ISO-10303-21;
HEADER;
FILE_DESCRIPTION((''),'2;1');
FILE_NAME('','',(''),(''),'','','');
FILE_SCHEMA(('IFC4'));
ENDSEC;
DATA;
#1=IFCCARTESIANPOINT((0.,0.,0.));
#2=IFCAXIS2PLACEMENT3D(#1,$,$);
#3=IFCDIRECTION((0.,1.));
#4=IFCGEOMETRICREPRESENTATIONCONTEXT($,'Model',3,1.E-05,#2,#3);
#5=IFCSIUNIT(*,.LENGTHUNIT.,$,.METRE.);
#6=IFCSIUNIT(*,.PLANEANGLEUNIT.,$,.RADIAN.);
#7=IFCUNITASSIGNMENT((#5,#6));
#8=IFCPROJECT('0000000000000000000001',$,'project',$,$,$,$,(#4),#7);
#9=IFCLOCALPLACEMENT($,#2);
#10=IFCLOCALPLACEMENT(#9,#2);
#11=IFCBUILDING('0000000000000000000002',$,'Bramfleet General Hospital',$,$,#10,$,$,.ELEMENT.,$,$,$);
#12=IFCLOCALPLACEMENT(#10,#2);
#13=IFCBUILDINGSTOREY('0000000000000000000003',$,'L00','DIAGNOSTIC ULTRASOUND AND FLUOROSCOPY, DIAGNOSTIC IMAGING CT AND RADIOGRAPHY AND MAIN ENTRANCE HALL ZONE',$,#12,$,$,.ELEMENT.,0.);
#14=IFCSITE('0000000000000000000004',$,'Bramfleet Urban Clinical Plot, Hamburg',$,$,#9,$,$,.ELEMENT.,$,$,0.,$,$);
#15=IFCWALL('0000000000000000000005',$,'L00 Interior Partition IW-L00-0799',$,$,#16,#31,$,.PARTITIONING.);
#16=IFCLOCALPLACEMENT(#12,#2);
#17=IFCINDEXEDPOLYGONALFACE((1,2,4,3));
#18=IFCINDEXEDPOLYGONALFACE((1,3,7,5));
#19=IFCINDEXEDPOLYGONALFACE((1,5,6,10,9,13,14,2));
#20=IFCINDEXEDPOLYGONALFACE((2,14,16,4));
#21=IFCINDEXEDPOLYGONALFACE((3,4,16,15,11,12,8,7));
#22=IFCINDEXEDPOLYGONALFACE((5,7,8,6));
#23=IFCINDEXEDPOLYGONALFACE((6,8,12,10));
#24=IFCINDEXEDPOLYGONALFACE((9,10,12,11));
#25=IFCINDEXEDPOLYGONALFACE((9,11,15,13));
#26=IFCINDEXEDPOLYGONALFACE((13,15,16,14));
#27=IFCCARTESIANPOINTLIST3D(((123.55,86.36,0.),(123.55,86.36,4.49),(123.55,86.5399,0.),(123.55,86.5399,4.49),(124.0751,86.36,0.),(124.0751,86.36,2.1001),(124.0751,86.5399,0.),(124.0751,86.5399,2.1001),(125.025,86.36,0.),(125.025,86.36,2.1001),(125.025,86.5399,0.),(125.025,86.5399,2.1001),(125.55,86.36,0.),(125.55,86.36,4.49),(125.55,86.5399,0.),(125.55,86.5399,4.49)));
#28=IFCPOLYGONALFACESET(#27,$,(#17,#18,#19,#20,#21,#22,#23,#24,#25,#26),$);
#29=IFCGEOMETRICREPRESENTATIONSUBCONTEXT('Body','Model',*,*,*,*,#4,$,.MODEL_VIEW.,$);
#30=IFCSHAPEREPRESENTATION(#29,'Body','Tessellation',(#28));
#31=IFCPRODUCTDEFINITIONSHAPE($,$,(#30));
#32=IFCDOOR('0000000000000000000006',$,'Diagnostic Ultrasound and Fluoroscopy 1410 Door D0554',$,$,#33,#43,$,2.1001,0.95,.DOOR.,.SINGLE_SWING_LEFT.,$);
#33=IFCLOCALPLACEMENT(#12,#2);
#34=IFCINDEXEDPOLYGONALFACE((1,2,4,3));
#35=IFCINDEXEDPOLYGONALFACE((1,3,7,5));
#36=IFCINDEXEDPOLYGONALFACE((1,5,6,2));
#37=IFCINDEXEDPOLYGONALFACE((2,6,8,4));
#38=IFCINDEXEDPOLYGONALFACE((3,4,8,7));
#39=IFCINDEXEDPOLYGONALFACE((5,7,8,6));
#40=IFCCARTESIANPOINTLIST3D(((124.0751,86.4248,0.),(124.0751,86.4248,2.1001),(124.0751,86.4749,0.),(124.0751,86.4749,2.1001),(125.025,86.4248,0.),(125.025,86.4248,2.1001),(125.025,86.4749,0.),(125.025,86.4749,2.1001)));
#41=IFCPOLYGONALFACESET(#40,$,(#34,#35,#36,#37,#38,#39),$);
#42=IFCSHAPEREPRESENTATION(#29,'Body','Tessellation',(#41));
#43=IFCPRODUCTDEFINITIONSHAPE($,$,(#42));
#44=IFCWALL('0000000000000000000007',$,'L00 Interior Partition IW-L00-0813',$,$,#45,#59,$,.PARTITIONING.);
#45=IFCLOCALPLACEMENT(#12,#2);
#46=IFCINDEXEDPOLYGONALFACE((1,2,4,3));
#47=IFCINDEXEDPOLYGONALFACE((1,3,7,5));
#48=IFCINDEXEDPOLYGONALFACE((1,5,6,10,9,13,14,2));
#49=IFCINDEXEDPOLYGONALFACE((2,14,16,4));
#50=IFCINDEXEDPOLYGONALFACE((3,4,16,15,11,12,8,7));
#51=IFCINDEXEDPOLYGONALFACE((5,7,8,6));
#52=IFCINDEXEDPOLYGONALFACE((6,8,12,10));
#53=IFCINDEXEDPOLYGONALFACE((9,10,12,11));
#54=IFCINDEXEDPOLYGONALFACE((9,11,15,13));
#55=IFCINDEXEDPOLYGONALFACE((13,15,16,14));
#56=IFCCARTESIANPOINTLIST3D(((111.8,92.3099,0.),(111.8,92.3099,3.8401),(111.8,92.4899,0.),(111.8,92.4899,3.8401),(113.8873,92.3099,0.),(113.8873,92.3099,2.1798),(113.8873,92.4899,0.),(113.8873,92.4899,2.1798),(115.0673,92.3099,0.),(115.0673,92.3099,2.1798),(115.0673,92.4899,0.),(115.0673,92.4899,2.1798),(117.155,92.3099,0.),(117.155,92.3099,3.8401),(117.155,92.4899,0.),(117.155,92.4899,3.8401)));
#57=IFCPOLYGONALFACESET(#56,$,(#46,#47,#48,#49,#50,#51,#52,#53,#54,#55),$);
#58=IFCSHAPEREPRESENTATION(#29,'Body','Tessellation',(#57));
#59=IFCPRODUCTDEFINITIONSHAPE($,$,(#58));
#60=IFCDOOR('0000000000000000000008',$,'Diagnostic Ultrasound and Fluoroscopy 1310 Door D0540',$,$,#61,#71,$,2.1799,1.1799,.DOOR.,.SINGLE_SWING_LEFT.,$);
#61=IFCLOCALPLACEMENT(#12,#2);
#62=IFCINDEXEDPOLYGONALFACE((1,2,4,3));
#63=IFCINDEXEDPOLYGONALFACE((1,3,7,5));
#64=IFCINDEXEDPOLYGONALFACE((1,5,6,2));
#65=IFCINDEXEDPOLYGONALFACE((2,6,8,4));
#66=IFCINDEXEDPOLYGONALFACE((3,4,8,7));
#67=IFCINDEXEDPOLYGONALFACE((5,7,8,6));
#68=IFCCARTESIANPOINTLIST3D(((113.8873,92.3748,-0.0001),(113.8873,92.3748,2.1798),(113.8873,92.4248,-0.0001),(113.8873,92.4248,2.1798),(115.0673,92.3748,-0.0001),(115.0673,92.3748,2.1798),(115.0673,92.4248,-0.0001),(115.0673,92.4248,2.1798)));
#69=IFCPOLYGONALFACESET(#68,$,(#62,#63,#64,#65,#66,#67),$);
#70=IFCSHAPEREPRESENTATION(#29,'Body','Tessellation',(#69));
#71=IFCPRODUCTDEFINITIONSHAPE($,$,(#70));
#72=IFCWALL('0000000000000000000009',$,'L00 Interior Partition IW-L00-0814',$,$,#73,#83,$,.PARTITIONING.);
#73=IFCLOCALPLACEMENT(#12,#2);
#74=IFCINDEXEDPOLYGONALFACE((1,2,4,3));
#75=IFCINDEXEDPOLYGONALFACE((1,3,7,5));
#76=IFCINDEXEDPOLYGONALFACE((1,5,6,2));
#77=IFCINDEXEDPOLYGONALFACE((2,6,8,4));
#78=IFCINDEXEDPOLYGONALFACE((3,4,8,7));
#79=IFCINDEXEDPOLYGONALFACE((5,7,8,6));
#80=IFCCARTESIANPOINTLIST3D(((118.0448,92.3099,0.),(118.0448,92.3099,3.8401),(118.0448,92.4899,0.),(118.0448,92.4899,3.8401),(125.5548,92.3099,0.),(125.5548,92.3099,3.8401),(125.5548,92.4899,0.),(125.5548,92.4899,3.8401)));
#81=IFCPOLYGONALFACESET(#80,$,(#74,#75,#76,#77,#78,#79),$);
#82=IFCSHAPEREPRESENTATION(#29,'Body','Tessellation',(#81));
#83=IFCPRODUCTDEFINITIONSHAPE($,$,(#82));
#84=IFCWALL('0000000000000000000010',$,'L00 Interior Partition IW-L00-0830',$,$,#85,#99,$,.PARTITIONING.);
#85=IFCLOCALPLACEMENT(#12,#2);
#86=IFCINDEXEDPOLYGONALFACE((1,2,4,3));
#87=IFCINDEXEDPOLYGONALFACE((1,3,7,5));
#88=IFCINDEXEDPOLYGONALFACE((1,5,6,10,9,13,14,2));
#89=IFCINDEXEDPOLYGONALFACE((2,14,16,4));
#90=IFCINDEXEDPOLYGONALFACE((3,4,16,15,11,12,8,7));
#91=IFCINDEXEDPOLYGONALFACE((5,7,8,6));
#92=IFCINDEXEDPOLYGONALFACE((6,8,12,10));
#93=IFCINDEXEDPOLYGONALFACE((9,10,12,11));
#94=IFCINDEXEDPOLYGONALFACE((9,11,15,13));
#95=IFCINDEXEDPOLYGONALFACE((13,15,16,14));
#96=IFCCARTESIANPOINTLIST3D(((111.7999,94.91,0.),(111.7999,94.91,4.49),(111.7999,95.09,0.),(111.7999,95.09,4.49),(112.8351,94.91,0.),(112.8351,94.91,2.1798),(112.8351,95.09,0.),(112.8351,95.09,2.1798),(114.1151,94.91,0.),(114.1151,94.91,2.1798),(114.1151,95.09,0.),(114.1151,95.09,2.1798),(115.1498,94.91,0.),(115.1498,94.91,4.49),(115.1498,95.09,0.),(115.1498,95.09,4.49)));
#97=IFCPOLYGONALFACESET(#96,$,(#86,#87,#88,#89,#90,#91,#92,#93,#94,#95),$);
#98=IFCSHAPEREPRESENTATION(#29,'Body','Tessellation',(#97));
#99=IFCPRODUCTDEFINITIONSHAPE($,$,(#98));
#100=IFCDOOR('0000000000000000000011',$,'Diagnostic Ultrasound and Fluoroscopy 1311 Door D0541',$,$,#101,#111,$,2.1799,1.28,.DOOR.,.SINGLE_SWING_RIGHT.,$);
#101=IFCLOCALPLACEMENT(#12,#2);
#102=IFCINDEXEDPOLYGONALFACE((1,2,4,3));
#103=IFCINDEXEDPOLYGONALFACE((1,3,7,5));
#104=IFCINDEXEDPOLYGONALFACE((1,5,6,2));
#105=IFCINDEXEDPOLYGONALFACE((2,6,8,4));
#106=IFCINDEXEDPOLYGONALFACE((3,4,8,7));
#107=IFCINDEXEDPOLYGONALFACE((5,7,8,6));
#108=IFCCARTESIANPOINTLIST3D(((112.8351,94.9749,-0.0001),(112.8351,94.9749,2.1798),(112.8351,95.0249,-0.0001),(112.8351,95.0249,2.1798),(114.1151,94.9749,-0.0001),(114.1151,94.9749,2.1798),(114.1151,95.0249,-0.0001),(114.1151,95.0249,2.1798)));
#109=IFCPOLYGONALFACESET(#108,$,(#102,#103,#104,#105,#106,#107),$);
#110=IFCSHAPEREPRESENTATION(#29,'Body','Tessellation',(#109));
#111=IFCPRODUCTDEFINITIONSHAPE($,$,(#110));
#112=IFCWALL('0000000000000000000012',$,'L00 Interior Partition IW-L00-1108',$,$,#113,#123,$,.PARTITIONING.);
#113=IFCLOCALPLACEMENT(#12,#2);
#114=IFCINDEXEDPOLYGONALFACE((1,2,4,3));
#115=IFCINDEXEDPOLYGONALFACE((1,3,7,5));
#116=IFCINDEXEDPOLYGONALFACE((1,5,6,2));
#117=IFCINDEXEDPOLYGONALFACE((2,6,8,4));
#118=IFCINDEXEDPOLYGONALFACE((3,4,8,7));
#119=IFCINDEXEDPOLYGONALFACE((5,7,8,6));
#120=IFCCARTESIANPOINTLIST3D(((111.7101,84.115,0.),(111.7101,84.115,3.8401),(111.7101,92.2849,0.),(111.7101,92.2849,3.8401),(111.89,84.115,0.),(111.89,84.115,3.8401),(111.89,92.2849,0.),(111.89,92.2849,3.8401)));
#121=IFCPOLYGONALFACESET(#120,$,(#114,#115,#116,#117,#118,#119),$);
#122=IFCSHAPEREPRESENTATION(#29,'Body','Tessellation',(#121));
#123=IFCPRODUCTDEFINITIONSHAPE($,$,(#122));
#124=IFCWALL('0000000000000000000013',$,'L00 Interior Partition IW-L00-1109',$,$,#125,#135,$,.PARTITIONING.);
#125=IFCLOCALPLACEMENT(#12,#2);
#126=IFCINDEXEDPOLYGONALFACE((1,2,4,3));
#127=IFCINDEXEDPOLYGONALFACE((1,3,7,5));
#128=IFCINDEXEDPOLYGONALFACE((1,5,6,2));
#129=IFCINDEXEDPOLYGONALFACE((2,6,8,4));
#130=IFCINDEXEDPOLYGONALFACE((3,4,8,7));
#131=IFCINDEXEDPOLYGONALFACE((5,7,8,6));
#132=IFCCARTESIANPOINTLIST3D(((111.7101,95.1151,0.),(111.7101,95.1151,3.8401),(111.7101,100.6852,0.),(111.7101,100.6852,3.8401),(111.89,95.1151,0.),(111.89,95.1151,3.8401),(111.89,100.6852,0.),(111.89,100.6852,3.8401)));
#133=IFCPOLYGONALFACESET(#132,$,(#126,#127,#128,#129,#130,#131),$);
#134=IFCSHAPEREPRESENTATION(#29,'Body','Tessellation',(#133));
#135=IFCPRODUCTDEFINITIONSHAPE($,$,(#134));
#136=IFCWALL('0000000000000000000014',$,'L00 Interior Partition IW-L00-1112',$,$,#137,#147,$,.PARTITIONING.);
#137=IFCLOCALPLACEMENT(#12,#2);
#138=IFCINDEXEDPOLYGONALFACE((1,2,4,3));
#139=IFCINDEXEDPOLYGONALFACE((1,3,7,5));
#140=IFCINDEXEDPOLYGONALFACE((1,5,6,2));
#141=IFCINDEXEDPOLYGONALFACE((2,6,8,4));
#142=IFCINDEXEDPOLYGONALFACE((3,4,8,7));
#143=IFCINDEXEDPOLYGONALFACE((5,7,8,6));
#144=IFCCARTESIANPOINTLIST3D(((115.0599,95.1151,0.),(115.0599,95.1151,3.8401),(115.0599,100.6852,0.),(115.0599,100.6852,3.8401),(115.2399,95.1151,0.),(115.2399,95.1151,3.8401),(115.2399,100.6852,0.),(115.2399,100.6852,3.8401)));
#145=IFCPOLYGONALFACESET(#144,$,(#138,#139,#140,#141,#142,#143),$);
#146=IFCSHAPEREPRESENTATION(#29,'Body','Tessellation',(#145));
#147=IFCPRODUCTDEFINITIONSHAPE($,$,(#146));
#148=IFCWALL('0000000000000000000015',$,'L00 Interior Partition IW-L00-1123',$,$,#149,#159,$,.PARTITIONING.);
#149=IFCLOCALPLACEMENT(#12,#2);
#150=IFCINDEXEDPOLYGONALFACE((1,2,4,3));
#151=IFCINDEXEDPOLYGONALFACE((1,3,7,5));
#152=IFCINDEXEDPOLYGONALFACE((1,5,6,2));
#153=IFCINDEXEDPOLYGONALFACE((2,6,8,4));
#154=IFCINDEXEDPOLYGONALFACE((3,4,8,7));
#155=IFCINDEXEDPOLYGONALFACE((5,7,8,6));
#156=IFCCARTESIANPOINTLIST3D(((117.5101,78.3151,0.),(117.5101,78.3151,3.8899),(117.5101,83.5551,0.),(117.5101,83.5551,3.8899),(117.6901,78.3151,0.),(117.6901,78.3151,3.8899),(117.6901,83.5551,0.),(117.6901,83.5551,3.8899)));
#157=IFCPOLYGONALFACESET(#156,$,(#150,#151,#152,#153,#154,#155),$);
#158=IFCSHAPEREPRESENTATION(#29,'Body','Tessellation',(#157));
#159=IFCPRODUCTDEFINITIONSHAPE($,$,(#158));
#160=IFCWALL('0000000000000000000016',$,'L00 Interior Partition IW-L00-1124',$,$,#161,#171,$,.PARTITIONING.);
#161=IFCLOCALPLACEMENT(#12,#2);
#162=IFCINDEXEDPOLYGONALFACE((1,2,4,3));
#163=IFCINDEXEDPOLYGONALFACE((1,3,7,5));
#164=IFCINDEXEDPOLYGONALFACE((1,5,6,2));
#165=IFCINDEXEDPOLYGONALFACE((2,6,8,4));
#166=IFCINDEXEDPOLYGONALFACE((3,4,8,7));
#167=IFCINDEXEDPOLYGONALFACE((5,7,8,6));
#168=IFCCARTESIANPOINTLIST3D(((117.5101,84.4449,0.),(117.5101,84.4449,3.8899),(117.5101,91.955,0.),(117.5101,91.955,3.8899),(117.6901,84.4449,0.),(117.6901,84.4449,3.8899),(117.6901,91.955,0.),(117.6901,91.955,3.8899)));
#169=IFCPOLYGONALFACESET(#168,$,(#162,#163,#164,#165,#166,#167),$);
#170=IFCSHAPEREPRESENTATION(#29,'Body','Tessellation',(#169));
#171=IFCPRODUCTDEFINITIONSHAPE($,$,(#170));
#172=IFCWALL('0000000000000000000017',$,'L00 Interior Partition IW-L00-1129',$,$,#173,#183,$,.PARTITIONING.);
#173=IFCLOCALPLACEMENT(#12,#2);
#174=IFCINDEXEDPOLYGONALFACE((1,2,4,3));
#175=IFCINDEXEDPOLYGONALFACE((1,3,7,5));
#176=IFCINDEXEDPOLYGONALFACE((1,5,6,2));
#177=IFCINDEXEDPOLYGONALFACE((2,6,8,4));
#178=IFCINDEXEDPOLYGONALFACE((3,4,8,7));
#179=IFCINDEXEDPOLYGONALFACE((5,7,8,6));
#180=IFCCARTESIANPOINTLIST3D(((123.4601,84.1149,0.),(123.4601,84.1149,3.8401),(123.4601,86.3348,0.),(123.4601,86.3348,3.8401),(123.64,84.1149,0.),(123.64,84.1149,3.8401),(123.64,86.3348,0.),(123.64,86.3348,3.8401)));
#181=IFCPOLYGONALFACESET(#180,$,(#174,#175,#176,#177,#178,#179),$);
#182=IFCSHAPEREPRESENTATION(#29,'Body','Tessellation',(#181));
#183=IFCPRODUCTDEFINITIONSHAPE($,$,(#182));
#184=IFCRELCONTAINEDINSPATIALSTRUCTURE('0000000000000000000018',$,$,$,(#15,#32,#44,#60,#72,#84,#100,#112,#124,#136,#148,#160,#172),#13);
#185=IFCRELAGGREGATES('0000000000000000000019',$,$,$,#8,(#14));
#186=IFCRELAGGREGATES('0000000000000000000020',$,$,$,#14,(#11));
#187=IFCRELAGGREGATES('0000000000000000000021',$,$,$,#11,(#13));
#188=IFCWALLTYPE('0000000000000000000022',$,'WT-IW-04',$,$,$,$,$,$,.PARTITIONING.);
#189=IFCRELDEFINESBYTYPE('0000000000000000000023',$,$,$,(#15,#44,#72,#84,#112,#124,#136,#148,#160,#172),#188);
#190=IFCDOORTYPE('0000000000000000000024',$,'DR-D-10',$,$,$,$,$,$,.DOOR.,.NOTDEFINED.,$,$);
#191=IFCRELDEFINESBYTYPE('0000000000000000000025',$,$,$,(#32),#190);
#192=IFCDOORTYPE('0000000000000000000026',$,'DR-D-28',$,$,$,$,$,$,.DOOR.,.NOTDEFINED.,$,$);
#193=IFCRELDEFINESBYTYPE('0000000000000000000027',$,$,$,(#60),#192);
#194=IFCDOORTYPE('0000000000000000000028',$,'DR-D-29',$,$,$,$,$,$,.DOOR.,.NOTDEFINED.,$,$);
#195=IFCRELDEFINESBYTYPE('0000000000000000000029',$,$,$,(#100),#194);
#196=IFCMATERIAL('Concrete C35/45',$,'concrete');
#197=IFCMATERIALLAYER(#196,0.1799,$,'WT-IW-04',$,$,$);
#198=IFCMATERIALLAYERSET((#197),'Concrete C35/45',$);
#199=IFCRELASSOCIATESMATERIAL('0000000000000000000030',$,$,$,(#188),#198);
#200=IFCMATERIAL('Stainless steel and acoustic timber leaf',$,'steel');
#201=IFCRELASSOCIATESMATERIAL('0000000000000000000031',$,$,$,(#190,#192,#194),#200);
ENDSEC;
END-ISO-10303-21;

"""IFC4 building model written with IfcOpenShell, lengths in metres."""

from ifc_helpers import new_model, si_unit, direction, frame, frame_2d, origin, place, context, subcontext, project, spatial, rectangle, extrude, material, layer, layer_set, type_object, element, fill, save


model = new_model("IFC4")

# Units and contexts
model_context = context("Model", 3, precision=1e-05, world=origin(), true_north=direction((0.0, 1.0)))
body_context = subcontext(model_context, "Body", "Model", "MODEL_VIEW")
ifc_project = project(units=[si_unit("LENGTHUNIT", "METRE"), si_unit("PLANEANGLEUNIT", "RADIAN")], contexts=[model_context])

# Site, building, storey
site_placement = place(None, origin())
site = spatial("IfcSite", under=ifc_project, at=site_placement, Name="Bramfleet Urban Clinical Plot, Hamburg", CompositionType="ELEMENT", RefElevation=0.0)
building_placement = place(site_placement, origin())
building = spatial("IfcBuilding", under=site, at=building_placement, Name="Bramfleet General Hospital", CompositionType="ELEMENT")
storey_placement = place(building_placement, origin())
storey = spatial("IfcBuildingStorey", under=building, at=storey_placement, Name="L00", Description="DIAGNOSTIC ULTRASOUND AND FLUOROSCOPY, DIAGNOSTIC IMAGING CT AND RADIOGRAPHY AND MAIN ENTRANCE HALL ZONE", CompositionType="ELEMENT", Elevation=0.0)

# Shared definitions
ifc_material_1 = material(Name="Concrete C35/45", Category="concrete")

# Shared definitions
ifc_layer_1 = layer(ifc_material_1, 0.1799, Name="WT-IW-04")
ifc_layer_set_1 = layer_set([ifc_layer_1], Name="Concrete C35/45")
wall_type_1 = type_object("IfcWallType", Name="WT-IW-04", PredefinedType="PARTITIONING", material=ifc_layer_set_1)

# Walls, openings, doors
wall_1_placement = place(storey_placement, frame((123.55, 86.45, 0.0), z_axis=(0.0, 0.0, 1.0), x_axis=(1.0, 0.0, 0.0)))
wall_1 = element("IfcWall", 1, at=wall_1_placement, inside=storey, type_object=wall_type_1, Name="L00 Interior Partition IW-L00-0799", PredefinedType="PARTITIONING", context=body_context, shape_type="SweptSolid", body=[
    extrude(rectangle(XDim=2.0, YDim=0.1799, at=frame_2d((1.0, 0.0))), origin(), (0.0, 0.0, 1.0), 4.49),
])
opening_1_placement = place(wall_1_placement, frame((0.5249, 0.0, 0.0)))
opening_1 = element("IfcOpeningElement", 2, at=opening_1_placement, cuts=wall_1, PredefinedType="OPENING", context=body_context, shape_type="SweptSolid", body=[
    extrude(rectangle(XDim=0.95, YDim=2.1001, at=frame_2d((0.4751, 1.05))), frame((0.0, 0.0999, 0.0), z_axis=(0.0, -1.0, 0.0), x_axis=(1.0, 0.0, 0.0)), (0.0, 0.0, 1.0), 0.2),
])
ifc_material_2 = material(Name="Stainless steel and acoustic timber leaf", Category="steel")
door_type_1 = type_object("IfcDoorType", Name="DR-D-10", OperationType="NOTDEFINED", PredefinedType="DOOR", material=ifc_material_2)
door_1_placement = place(opening_1_placement, origin())
door_1 = element("IfcDoor", 3, at=door_1_placement, inside=storey, type_object=door_type_1, Name="Diagnostic Ultrasound and Fluoroscopy 1410 Door D0554", OperationType="SINGLE_SWING_LEFT", OverallHeight=2.1001, OverallWidth=0.95, PredefinedType="DOOR", context=body_context, shape_type="SweptSolid", body=[
    extrude(rectangle(XDim=0.95, YDim=2.1001, at=frame_2d((0.4751, 1.05))), frame((0.0, 0.0249, 0.0), z_axis=(0.0, -1.0, 0.0), x_axis=(1.0, 0.0, 0.0)), (0.0, 0.0, 1.0), 0.05),
])
fill(opening_1, door_1)
wall_2_placement = place(storey_placement, frame((111.8, 92.3999, 0.0), z_axis=(0.0, 0.0, 1.0), x_axis=(1.0, 0.0, 0.0)))
wall_2 = element("IfcWall", 4, at=wall_2_placement, inside=storey, type_object=wall_type_1, Name="L00 Interior Partition IW-L00-0813", PredefinedType="PARTITIONING", context=body_context, shape_type="SweptSolid", body=[
    extrude(rectangle(XDim=5.355, YDim=0.1799, at=frame_2d((2.6775, 0.0))), origin(), (0.0, 0.0, 1.0), 3.8401),
])
opening_2_placement = place(wall_2_placement, frame((2.0874, 0.0, 0.0)))
opening_2 = element("IfcOpeningElement", 5, at=opening_2_placement, cuts=wall_2, PredefinedType="OPENING", context=body_context, shape_type="SweptSolid", body=[
    extrude(rectangle(XDim=1.1799, YDim=2.1799, at=frame_2d((0.5898, 1.0898))), frame((0.0, 0.0999, 0.0), z_axis=(0.0, -1.0, 0.0), x_axis=(1.0, 0.0, 0.0)), (0.0, 0.0, 1.0), 0.2),
])
door_type_2 = type_object("IfcDoorType", Name="DR-D-28", OperationType="NOTDEFINED", PredefinedType="DOOR", material=ifc_material_2)
door_2_placement = place(opening_2_placement, origin())
door_2 = element("IfcDoor", 6, at=door_2_placement, inside=storey, type_object=door_type_2, Name="Diagnostic Ultrasound and Fluoroscopy 1310 Door D0540", OperationType="SINGLE_SWING_LEFT", OverallHeight=2.1799, OverallWidth=1.1799, PredefinedType="DOOR", context=body_context, shape_type="SweptSolid", body=[
    extrude(rectangle(XDim=1.1799, YDim=2.1799, at=frame_2d((0.5898, 1.0898))), frame((0.0, 0.0249, 0.0), z_axis=(0.0, -1.0, 0.0), x_axis=(1.0, 0.0, 0.0)), (0.0, 0.0, 1.0), 0.05),
])
fill(opening_2, door_2)

# Wall
wall_3_placement = place(storey_placement, frame((118.0449, 92.3999, 0.0), z_axis=(0.0, 0.0, 1.0), x_axis=(1.0, 0.0, 0.0)))
element("IfcWall", 7, at=wall_3_placement, inside=storey, type_object=wall_type_1, Name="L00 Interior Partition IW-L00-0814", PredefinedType="PARTITIONING", context=body_context, shape_type="SweptSolid", body=[
    extrude(rectangle(XDim=7.51, YDim=0.1799, at=frame_2d((3.7549, 0.0))), origin(), (0.0, 0.0, 1.0), 3.8401),
])

# Wall, opening, door
wall_4_placement = place(storey_placement, frame((111.8, 95.0, 0.0), z_axis=(0.0, 0.0, 1.0), x_axis=(1.0, 0.0, 0.0)))
wall_4 = element("IfcWall", 8, at=wall_4_placement, inside=storey, type_object=wall_type_1, Name="L00 Interior Partition IW-L00-0830", PredefinedType="PARTITIONING", context=body_context, shape_type="SweptSolid", body=[
    extrude(rectangle(XDim=3.3499, YDim=0.1799, at=frame_2d((1.6748, 0.0))), origin(), (0.0, 0.0, 1.0), 4.49),
])
opening_3_placement = place(wall_4_placement, frame((1.0349, 0.0, 0.0)))
opening_3 = element("IfcOpeningElement", 9, at=opening_3_placement, cuts=wall_4, PredefinedType="OPENING", context=body_context, shape_type="SweptSolid", body=[
    extrude(rectangle(XDim=1.28, YDim=2.1799, at=frame_2d((0.6401, 1.0898))), frame((0.0, 0.0999, 0.0), z_axis=(0.0, -1.0, 0.0), x_axis=(1.0, 0.0, 0.0)), (0.0, 0.0, 1.0), 0.2),
])
door_type_3 = type_object("IfcDoorType", Name="DR-D-29", OperationType="NOTDEFINED", PredefinedType="DOOR", material=ifc_material_2)
door_3_placement = place(opening_3_placement, origin())
door_3 = element("IfcDoor", 10, at=door_3_placement, inside=storey, type_object=door_type_3, Name="Diagnostic Ultrasound and Fluoroscopy 1311 Door D0541", OperationType="SINGLE_SWING_RIGHT", OverallHeight=2.1799, OverallWidth=1.28, PredefinedType="DOOR", context=body_context, shape_type="SweptSolid", body=[
    extrude(rectangle(XDim=1.28, YDim=2.1799, at=frame_2d((0.6401, 1.0898))), frame((0.0, 0.0249, 0.0), z_axis=(0.0, -1.0, 0.0), x_axis=(1.0, 0.0, 0.0)), (0.0, 0.0, 1.0), 0.05),
])
fill(opening_3, door_3)

# Walls
wall_5_placement = place(storey_placement, frame((111.8, 84.115, 0.0), z_axis=(0.0, 0.0, 1.0), x_axis=(0.0, 1.0, 0.0)))
element("IfcWall", 11, at=wall_5_placement, inside=storey, type_object=wall_type_1, Name="L00 Interior Partition IW-L00-1108", PredefinedType="PARTITIONING", context=body_context, shape_type="SweptSolid", body=[
    extrude(rectangle(XDim=8.1699, YDim=0.1799, at=frame_2d((4.085, 0.0))), origin(), (0.0, 0.0, 1.0), 3.8401),
])
for number, where, z_axis, x_axis, name in (
    (12, (111.8, 95.115, 0.0), (0.0, 0.0, 1.0), (0.0, 1.0, 0.0), "L00 Interior Partition IW-L00-1109"),
    (13, (115.1499, 95.115, 0.0), (0.0, 0.0, 1.0), (0.0, 1.0, 0.0), "L00 Interior Partition IW-L00-1112"),
):
    element("IfcWall", number, at=place(storey_placement, frame(where, z_axis=z_axis, x_axis=x_axis)), inside=storey, type_object=wall_type_1, Name=name, PredefinedType="PARTITIONING", context=body_context, shape_type="SweptSolid", body=[
        extrude(rectangle(XDim=5.5701, YDim=0.1799, at=frame_2d((2.7852, 0.0))), origin(), (0.0, 0.0, 1.0), 3.8401),
    ])
wall_6_placement = place(storey_placement, frame((117.6001, 78.3149, 0.0), z_axis=(0.0, 0.0, 1.0), x_axis=(0.0, 1.0, 0.0)))
element("IfcWall", 14, at=wall_6_placement, inside=storey, type_object=wall_type_1, Name="L00 Interior Partition IW-L00-1123", PredefinedType="PARTITIONING", context=body_context, shape_type="SweptSolid", body=[
    extrude(rectangle(XDim=5.24, YDim=0.1799, at=frame_2d((2.6201, 0.0))), origin(), (0.0, 0.0, 1.0), 3.8899),
])
wall_7_placement = place(storey_placement, frame((117.6001, 84.4451, 0.0), z_axis=(0.0, 0.0, 1.0), x_axis=(0.0, 1.0, 0.0)))
element("IfcWall", 15, at=wall_7_placement, inside=storey, type_object=wall_type_1, Name="L00 Interior Partition IW-L00-1124", PredefinedType="PARTITIONING", context=body_context, shape_type="SweptSolid", body=[
    extrude(rectangle(XDim=7.51, YDim=0.1799, at=frame_2d((3.7549, 0.0))), origin(), (0.0, 0.0, 1.0), 3.8899),
])
wall_8_placement = place(storey_placement, frame((123.55, 84.115, 0.0), z_axis=(0.0, 0.0, 1.0), x_axis=(0.0, 1.0, 0.0)))
element("IfcWall", 16, at=wall_8_placement, inside=storey, type_object=wall_type_1, Name="L00 Interior Partition IW-L00-1129", PredefinedType="PARTITIONING", context=body_context, shape_type="SweptSolid", body=[
    extrude(rectangle(XDim=2.22, YDim=0.1799, at=frame_2d((1.1099, 0.0))), origin(), (0.0, 0.0, 1.0), 3.8401),
])

save(model, "model.ifc")
